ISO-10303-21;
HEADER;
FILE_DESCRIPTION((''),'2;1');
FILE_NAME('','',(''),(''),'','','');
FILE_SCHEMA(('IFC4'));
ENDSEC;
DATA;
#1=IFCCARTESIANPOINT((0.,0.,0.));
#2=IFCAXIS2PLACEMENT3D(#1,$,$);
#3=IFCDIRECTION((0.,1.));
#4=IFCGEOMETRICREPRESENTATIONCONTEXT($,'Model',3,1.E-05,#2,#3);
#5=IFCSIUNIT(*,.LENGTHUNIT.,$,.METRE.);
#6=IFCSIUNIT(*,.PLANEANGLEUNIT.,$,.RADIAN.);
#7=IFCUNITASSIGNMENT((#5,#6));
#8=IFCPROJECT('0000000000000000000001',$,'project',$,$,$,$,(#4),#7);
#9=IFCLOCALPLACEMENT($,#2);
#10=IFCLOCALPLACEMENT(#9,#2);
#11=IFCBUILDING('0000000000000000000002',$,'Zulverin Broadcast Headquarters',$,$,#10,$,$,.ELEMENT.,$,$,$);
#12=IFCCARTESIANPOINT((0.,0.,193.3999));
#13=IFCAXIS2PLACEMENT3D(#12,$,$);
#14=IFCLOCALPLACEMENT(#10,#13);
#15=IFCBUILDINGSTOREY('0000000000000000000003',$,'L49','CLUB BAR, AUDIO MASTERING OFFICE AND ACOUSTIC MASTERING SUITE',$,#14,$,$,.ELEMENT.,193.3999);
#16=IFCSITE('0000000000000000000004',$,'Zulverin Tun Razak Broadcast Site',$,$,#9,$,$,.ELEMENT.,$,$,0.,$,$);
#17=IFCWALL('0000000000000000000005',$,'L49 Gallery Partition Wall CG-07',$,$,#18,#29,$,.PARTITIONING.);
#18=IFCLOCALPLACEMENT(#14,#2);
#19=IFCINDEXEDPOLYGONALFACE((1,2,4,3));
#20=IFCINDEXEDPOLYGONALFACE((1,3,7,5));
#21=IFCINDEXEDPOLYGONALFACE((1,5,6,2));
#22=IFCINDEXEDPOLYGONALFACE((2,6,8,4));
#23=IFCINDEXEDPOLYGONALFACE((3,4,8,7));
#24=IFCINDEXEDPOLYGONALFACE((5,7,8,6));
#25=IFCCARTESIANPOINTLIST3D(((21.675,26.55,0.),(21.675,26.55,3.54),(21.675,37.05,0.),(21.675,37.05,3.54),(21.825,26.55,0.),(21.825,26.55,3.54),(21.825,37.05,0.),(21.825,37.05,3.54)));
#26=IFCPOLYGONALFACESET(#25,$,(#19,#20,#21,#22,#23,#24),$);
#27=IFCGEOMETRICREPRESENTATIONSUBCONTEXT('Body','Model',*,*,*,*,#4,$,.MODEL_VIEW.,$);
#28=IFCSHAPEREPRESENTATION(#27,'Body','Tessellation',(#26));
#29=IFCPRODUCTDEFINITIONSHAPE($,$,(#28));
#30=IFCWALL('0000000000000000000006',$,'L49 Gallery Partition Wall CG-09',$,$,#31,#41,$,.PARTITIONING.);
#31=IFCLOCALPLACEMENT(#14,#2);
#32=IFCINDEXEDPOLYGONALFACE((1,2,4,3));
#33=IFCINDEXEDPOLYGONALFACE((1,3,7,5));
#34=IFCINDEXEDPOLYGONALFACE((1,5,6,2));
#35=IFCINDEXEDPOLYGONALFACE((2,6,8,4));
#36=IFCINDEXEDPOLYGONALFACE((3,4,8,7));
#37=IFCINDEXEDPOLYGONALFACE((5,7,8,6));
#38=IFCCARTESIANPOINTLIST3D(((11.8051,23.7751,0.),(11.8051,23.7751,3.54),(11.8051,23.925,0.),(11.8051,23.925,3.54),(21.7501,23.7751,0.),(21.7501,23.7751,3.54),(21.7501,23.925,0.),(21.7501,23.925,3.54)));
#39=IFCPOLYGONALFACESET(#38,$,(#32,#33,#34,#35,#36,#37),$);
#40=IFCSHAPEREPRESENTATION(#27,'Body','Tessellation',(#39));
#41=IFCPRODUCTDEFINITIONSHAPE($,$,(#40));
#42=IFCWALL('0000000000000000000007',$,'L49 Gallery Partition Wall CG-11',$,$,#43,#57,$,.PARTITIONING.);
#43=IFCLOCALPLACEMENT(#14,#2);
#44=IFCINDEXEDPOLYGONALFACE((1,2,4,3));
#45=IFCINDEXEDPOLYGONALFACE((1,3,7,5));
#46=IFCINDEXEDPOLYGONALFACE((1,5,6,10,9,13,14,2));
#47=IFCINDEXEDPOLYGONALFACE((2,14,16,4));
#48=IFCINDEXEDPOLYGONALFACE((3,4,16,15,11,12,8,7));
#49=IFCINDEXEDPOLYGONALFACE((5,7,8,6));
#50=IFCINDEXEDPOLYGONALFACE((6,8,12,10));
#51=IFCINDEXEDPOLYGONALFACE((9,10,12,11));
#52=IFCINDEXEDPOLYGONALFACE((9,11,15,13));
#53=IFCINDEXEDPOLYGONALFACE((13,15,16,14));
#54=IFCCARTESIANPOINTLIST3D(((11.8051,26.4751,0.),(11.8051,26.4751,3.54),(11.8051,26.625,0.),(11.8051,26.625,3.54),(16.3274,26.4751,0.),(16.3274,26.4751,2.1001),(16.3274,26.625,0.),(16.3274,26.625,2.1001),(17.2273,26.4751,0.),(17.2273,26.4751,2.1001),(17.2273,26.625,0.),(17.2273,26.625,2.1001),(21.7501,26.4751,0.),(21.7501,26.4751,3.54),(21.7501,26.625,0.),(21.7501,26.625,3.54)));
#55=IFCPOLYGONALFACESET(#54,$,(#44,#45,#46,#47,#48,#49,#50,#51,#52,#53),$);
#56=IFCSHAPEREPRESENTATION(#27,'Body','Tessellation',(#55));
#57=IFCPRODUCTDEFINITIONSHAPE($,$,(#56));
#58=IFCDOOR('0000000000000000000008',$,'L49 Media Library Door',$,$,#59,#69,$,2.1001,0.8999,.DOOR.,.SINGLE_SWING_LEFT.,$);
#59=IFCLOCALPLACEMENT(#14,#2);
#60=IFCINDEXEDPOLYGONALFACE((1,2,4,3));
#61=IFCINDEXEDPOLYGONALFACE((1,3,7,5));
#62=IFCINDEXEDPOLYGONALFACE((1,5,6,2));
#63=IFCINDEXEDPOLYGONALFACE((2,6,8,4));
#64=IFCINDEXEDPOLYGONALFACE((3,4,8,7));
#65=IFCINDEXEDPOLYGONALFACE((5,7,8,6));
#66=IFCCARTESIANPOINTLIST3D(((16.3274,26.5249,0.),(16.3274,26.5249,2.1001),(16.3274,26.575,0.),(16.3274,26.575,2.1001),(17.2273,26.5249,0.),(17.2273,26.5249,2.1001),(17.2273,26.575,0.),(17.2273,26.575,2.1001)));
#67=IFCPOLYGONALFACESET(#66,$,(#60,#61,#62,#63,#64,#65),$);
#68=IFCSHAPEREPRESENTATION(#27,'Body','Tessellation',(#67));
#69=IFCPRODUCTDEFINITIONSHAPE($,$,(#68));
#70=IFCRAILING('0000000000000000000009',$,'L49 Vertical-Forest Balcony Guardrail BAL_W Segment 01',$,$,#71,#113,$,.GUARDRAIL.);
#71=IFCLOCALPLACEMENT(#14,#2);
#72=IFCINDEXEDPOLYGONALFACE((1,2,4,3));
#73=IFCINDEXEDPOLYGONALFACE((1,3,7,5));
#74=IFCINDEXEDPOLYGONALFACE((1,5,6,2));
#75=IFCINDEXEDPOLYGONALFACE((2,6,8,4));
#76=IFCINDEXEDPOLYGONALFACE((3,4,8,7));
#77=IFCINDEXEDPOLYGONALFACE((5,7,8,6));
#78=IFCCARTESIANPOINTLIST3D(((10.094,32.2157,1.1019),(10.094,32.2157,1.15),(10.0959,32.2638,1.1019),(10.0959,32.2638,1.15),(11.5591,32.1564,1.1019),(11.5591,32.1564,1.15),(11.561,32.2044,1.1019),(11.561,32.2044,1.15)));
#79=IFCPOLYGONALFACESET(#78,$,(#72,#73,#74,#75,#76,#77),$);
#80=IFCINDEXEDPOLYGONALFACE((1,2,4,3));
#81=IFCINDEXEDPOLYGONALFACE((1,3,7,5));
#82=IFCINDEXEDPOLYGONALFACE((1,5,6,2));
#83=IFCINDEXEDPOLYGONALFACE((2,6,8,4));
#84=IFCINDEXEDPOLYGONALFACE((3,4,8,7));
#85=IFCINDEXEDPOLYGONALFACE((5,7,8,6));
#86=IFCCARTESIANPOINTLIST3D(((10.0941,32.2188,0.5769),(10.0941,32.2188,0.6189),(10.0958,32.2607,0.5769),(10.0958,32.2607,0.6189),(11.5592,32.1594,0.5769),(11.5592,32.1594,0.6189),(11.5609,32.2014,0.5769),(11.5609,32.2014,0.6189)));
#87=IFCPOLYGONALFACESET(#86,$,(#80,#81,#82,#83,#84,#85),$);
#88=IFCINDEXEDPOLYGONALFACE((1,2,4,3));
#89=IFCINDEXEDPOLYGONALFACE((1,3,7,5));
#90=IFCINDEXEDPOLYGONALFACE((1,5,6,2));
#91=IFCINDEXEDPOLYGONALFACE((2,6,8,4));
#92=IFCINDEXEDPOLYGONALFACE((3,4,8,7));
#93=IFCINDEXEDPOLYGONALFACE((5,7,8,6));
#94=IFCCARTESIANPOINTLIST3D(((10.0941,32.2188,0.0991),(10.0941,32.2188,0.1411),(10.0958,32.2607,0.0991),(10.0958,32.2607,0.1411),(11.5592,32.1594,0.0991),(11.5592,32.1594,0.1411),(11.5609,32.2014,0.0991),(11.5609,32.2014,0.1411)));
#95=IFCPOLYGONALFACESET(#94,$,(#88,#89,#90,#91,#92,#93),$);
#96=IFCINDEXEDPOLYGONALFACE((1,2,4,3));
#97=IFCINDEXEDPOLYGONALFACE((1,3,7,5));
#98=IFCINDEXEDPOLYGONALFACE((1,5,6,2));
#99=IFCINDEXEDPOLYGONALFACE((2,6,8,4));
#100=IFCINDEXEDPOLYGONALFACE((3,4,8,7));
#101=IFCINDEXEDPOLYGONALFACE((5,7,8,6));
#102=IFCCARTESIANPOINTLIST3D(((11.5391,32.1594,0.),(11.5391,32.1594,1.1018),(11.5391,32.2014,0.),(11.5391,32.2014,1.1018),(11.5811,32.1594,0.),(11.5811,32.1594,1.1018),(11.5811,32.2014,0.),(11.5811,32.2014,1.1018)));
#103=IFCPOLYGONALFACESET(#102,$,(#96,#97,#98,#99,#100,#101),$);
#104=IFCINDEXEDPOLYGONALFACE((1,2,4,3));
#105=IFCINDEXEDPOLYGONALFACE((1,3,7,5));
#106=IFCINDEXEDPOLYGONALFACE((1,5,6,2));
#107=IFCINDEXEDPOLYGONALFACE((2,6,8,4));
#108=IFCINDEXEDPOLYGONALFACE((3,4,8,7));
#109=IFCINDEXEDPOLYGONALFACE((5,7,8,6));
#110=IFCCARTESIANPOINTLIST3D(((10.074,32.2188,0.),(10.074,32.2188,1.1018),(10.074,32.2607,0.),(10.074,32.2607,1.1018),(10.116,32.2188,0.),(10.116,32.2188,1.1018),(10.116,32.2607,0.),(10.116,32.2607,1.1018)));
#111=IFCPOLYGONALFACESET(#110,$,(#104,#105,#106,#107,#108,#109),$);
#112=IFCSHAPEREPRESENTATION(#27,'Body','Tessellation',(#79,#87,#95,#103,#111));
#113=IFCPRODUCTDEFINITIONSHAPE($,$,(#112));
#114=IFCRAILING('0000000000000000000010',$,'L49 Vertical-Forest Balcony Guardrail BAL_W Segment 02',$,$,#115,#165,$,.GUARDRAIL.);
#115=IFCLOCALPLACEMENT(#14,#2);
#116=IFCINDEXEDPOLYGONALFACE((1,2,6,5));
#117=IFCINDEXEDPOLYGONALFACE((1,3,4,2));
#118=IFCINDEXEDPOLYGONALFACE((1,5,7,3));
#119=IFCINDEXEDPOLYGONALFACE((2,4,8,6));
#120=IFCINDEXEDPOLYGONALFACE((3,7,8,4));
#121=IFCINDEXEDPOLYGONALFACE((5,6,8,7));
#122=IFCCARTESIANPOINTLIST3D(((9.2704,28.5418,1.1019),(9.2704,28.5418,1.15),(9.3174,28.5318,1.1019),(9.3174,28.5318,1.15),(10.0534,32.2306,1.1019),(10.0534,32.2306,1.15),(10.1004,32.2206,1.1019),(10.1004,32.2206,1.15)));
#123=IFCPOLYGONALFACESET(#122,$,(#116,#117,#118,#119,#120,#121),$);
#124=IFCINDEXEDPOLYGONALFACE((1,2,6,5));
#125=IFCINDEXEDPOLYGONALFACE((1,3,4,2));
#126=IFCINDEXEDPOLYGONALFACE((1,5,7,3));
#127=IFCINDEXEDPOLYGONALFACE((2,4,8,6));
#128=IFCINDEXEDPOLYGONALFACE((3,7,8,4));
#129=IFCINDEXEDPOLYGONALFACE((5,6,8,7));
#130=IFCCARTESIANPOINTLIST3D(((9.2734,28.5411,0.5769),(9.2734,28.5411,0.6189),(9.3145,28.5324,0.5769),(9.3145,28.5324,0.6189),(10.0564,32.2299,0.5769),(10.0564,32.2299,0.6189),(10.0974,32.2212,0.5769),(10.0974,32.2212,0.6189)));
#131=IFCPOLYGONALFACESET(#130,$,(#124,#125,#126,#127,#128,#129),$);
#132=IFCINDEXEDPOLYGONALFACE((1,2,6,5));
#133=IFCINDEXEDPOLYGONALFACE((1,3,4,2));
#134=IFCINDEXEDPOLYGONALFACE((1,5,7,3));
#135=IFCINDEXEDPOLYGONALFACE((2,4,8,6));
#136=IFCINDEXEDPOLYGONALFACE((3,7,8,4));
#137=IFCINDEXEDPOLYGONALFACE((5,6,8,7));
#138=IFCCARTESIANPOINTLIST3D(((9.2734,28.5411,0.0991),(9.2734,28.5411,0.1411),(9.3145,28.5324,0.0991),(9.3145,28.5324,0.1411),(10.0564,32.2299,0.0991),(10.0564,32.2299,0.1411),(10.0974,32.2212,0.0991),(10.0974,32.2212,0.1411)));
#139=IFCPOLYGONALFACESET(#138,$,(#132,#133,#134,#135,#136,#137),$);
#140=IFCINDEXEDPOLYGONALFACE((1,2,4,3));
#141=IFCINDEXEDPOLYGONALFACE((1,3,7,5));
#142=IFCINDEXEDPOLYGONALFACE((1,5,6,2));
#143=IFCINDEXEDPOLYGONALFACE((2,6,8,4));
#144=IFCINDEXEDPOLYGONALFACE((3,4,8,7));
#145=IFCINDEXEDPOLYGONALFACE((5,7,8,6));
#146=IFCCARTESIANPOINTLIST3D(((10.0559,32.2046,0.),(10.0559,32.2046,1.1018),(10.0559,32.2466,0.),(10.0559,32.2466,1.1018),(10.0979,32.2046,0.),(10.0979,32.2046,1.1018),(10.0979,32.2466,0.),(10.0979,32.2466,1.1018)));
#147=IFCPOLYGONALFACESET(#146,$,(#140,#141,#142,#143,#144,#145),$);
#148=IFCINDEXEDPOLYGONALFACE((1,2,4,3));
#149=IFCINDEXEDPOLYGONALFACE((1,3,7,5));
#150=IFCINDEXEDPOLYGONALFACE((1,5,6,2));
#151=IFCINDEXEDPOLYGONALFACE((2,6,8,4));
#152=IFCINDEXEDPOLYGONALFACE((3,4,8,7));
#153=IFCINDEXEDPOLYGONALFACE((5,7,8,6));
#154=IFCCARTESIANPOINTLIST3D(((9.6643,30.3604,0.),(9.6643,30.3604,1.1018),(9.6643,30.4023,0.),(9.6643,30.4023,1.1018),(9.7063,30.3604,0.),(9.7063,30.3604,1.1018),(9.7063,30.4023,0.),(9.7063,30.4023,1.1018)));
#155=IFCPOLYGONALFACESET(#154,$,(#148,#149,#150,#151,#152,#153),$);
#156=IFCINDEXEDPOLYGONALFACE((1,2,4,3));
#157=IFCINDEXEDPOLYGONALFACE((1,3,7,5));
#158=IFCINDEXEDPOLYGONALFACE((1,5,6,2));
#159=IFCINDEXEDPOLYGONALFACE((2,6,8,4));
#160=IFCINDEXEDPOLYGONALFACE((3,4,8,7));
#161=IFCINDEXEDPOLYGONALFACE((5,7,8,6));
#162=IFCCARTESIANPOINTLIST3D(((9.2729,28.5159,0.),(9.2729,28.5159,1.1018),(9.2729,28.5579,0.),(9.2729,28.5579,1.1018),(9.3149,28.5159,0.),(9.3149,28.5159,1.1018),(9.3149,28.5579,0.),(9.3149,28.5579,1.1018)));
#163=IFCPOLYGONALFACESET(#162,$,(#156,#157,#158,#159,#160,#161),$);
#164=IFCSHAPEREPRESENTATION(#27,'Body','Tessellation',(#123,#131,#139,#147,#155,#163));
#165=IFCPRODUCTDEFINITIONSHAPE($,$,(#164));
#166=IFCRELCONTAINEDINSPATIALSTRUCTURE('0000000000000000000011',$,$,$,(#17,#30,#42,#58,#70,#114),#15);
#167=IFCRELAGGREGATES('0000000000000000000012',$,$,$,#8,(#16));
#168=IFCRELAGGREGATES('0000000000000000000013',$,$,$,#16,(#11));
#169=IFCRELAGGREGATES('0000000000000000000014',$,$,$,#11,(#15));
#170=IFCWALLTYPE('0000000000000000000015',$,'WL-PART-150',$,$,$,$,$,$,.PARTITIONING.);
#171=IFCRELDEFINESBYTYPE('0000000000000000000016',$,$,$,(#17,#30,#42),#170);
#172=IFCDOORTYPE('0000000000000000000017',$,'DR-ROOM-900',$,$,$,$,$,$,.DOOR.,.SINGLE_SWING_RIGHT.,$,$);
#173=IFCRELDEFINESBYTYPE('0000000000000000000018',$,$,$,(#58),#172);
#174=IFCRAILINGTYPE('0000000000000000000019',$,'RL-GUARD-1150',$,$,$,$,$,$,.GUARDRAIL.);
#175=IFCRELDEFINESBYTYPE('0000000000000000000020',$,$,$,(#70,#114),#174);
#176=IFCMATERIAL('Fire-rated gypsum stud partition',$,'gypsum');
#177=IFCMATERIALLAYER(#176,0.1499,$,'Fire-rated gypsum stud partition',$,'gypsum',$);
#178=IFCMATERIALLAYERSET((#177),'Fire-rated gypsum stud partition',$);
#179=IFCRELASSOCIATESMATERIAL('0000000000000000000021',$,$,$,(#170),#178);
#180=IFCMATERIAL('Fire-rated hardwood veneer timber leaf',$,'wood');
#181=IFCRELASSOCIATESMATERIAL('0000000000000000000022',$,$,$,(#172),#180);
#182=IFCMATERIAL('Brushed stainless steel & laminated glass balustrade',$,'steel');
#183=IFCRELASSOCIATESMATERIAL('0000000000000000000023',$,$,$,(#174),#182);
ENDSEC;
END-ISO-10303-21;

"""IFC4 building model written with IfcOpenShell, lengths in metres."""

from ifc_helpers import new_model, si_unit, direction, frame, frame_2d, origin, origin_2d, place, context, subcontext, project, spatial, rectangle, extrude, material, layer, layer_set, type_object, element, fill, save


model = new_model("IFC4")

# Units and contexts
model_context = context("Model", 3, precision=1e-05, world=origin(), true_north=direction((0.0, 1.0)))
body_context = subcontext(model_context, "Body", "Model", "MODEL_VIEW")
ifc_project = project(units=[si_unit("LENGTHUNIT", "METRE"), si_unit("PLANEANGLEUNIT", "RADIAN")], contexts=[model_context])

# Site, building, storey
site_placement = place(None, origin())
site = spatial("IfcSite", under=ifc_project, at=site_placement, Name="Zulverin Tun Razak Broadcast Site", CompositionType="ELEMENT", RefElevation=0.0)
building_placement = place(site_placement, origin())
building = spatial("IfcBuilding", under=site, at=building_placement, Name="Zulverin Broadcast Headquarters", CompositionType="ELEMENT")
storey_placement = place(building_placement, frame((0.0, 0.0, 193.3999)))
storey = spatial("IfcBuildingStorey", under=building, at=storey_placement, Name="L49", Description="CLUB BAR, AUDIO MASTERING OFFICE AND ACOUSTIC MASTERING SUITE", CompositionType="ELEMENT", Elevation=193.3999)

# Shared definitions
ifc_material_1 = material(Name="Fire-rated gypsum stud partition", Category="gypsum")
ifc_layer_1 = layer(ifc_material_1, 0.1499, Name="Fire-rated gypsum stud partition", Category="gypsum")
ifc_layer_set_1 = layer_set([ifc_layer_1], Name="Fire-rated gypsum stud partition")
wall_type = type_object("IfcWallType", Name="WL-PART-150", PredefinedType="PARTITIONING", material=ifc_layer_set_1)

# Walls
wall_1_placement = place(storey_placement, frame((21.75, 26.55, 0.0), z_axis=(0.0, 0.0, 1.0), x_axis=(0.0, 1.0, 0.0)))
element("IfcWall", 1, at=wall_1_placement, inside=storey, type_object=wall_type, Name="L49 Gallery Partition Wall CG-07", PredefinedType="PARTITIONING", context=body_context, shape_type="SweptSolid", body=[
    extrude(rectangle(XDim=10.5, YDim=0.1499, at=frame_2d((5.25, 0.0))), origin(), (0.0, 0.0, 1.0), 3.54),
])
wall_2_placement = place(storey_placement, frame((11.8049, 23.8501, 0.0), z_axis=(0.0, 0.0, 1.0), x_axis=(1.0, 0.0, 0.0)))
element("IfcWall", 2, at=wall_2_placement, inside=storey, type_object=wall_type, Name="L49 Gallery Partition Wall CG-09", PredefinedType="PARTITIONING", context=body_context, shape_type="SweptSolid", body=[
    extrude(rectangle(XDim=9.9451, YDim=0.1499, at=frame_2d((4.9727, 0.0))), origin(), (0.0, 0.0, 1.0), 3.54),
])

# Wall, opening, door
wall_3_placement = place(storey_placement, frame((11.8049, 26.55, 0.0), z_axis=(0.0, 0.0, 1.0), x_axis=(1.0, 0.0, 0.0)))
wall_3 = element("IfcWall", 3, at=wall_3_placement, inside=storey, type_object=wall_type, Name="L49 Gallery Partition Wall CG-11", PredefinedType="PARTITIONING", context=body_context, shape_type="SweptSolid", body=[
    extrude(rectangle(XDim=9.9451, YDim=0.1499, at=frame_2d((4.9727, 0.0))), origin(), (0.0, 0.0, 1.0), 3.54),
])
opening_1_placement = place(wall_3_placement, frame((4.5225, 0.0, 0.0)))
opening_1 = element("IfcOpeningElement", 4, at=opening_1_placement, cuts=wall_3, PredefinedType="OPENING", context=body_context, shape_type="SweptSolid", body=[
    extrude(rectangle(XDim=0.8999, YDim=2.1001, at=frame_2d((0.45, 1.05))), frame((0.0, 0.085, 0.0), z_axis=(0.0, -1.0, 0.0), x_axis=(1.0, 0.0, 0.0)), (0.0, 0.0, 1.0), 0.1699),
])
ifc_material_2 = material(Name="Fire-rated hardwood veneer timber leaf", Category="wood")
door_type_1 = type_object("IfcDoorType", Name="DR-ROOM-900", OperationType="SINGLE_SWING_RIGHT", PredefinedType="DOOR", material=ifc_material_2)
door_1_placement = place(opening_1_placement, origin())
door_1 = element("IfcDoor", 5, at=door_1_placement, inside=storey, type_object=door_type_1, Name="L49 Media Library Door", OperationType="SINGLE_SWING_LEFT", OverallHeight=2.1001, OverallWidth=0.8999, PredefinedType="DOOR", context=body_context, shape_type="SweptSolid", body=[
    extrude(rectangle(XDim=0.8999, YDim=2.1001, at=frame_2d((0.45, 1.05))), frame((0.0, 0.0249, 0.0), z_axis=(0.0, -1.0, 0.0), x_axis=(1.0, 0.0, 0.0)), (0.0, 0.0, 1.0), 0.05),
])
fill(opening_1, door_1)

# Railings
ifc_material_3 = material(Name="Brushed stainless steel & laminated glass balustrade", Category="steel")
railing_type = type_object("IfcRailingType", Name="RL-GUARD-1150", PredefinedType="GUARDRAIL", material=ifc_material_3)
railing_1_placement = place(storey_placement, frame((11.5601, 32.1804, 0.0)))
element("IfcRailing", 6, at=railing_1_placement, inside=storey, type_object=railing_type, Name="L49 Vertical-Forest Balcony Guardrail BAL_W Segment 01", PredefinedType="GUARDRAIL", context=body_context, shape_type="SweptSolid", body=[
    extrude(rectangle(XDim=0.0481, YDim=0.0481, at=origin_2d()), frame((0.0, 0.0, 1.126), z_axis=(-0.999181, 0.04046, 0.0), x_axis=(-0.04046, -0.999181, 0.0)), (0.0, 0.0, 1.0), 1.4663),
    extrude(rectangle(XDim=0.042, YDim=0.042, at=origin_2d()), frame((0.0, 0.0, 0.5979), z_axis=(-0.999181, 0.04046, 0.0), x_axis=(-0.04046, -0.999181, 0.0)), (0.0, 0.0, 1.0), 1.4663),
    extrude(rectangle(XDim=0.042, YDim=0.042, at=origin_2d()), frame((0.0, 0.0, 0.1201), z_axis=(-0.999181, 0.04046, 0.0), x_axis=(-0.04046, -0.999181, 0.0)), (0.0, 0.0, 1.0), 1.4663),
    extrude(rectangle(XDim=0.042, YDim=0.042, at=origin_2d()), origin(), (0.0, 0.0, 1.0), 1.1018),
    extrude(rectangle(XDim=0.042, YDim=0.042, at=origin_2d()), frame((-1.4651, 0.0593, 0.0)), (0.0, 0.0, 1.0), 1.1018),
])
railing_2_placement = place(storey_placement, frame((10.0769, 32.2256, 0.0)))
element("IfcRailing", 7, at=railing_2_placement, inside=storey, type_object=railing_type, Name="L49 Vertical-Forest Balcony Guardrail BAL_W Segment 02", PredefinedType="GUARDRAIL", context=body_context, shape_type="SweptSolid", body=[
    extrude(rectangle(XDim=0.0481, YDim=0.0481, at=origin_2d()), frame((0.0, 0.0, 1.126), z_axis=(-0.207632, -0.978207, 0.0), x_axis=(0.978207, -0.207632, 0.0)), (0.0, 0.0, 1.0), 3.771),
    extrude(rectangle(XDim=0.042, YDim=0.042, at=origin_2d()), frame((0.0, 0.0, 0.5979), z_axis=(-0.207632, -0.978207, 0.0), x_axis=(0.978207, -0.207632, 0.0)), (0.0, 0.0, 1.0), 3.771),
    extrude(rectangle(XDim=0.042, YDim=0.042, at=origin_2d()), frame((0.0, 0.0, 0.1201), z_axis=(-0.207632, -0.978207, 0.0), x_axis=(0.978207, -0.207632, 0.0)), (0.0, 0.0, 1.0), 3.771),
    extrude(rectangle(XDim=0.042, YDim=0.042, at=origin_2d()), origin(), (0.0, 0.0, 1.0), 1.1018),
    extrude(rectangle(XDim=0.042, YDim=0.042, at=origin_2d()), frame((-0.3916, -1.8442, 0.0)), (0.0, 0.0, 1.0), 1.1018),
    extrude(rectangle(XDim=0.042, YDim=0.042, at=origin_2d()), frame((-0.783, -3.6887, 0.0)), (0.0, 0.0, 1.0), 1.1018),
])

save(model, "model.ifc")
